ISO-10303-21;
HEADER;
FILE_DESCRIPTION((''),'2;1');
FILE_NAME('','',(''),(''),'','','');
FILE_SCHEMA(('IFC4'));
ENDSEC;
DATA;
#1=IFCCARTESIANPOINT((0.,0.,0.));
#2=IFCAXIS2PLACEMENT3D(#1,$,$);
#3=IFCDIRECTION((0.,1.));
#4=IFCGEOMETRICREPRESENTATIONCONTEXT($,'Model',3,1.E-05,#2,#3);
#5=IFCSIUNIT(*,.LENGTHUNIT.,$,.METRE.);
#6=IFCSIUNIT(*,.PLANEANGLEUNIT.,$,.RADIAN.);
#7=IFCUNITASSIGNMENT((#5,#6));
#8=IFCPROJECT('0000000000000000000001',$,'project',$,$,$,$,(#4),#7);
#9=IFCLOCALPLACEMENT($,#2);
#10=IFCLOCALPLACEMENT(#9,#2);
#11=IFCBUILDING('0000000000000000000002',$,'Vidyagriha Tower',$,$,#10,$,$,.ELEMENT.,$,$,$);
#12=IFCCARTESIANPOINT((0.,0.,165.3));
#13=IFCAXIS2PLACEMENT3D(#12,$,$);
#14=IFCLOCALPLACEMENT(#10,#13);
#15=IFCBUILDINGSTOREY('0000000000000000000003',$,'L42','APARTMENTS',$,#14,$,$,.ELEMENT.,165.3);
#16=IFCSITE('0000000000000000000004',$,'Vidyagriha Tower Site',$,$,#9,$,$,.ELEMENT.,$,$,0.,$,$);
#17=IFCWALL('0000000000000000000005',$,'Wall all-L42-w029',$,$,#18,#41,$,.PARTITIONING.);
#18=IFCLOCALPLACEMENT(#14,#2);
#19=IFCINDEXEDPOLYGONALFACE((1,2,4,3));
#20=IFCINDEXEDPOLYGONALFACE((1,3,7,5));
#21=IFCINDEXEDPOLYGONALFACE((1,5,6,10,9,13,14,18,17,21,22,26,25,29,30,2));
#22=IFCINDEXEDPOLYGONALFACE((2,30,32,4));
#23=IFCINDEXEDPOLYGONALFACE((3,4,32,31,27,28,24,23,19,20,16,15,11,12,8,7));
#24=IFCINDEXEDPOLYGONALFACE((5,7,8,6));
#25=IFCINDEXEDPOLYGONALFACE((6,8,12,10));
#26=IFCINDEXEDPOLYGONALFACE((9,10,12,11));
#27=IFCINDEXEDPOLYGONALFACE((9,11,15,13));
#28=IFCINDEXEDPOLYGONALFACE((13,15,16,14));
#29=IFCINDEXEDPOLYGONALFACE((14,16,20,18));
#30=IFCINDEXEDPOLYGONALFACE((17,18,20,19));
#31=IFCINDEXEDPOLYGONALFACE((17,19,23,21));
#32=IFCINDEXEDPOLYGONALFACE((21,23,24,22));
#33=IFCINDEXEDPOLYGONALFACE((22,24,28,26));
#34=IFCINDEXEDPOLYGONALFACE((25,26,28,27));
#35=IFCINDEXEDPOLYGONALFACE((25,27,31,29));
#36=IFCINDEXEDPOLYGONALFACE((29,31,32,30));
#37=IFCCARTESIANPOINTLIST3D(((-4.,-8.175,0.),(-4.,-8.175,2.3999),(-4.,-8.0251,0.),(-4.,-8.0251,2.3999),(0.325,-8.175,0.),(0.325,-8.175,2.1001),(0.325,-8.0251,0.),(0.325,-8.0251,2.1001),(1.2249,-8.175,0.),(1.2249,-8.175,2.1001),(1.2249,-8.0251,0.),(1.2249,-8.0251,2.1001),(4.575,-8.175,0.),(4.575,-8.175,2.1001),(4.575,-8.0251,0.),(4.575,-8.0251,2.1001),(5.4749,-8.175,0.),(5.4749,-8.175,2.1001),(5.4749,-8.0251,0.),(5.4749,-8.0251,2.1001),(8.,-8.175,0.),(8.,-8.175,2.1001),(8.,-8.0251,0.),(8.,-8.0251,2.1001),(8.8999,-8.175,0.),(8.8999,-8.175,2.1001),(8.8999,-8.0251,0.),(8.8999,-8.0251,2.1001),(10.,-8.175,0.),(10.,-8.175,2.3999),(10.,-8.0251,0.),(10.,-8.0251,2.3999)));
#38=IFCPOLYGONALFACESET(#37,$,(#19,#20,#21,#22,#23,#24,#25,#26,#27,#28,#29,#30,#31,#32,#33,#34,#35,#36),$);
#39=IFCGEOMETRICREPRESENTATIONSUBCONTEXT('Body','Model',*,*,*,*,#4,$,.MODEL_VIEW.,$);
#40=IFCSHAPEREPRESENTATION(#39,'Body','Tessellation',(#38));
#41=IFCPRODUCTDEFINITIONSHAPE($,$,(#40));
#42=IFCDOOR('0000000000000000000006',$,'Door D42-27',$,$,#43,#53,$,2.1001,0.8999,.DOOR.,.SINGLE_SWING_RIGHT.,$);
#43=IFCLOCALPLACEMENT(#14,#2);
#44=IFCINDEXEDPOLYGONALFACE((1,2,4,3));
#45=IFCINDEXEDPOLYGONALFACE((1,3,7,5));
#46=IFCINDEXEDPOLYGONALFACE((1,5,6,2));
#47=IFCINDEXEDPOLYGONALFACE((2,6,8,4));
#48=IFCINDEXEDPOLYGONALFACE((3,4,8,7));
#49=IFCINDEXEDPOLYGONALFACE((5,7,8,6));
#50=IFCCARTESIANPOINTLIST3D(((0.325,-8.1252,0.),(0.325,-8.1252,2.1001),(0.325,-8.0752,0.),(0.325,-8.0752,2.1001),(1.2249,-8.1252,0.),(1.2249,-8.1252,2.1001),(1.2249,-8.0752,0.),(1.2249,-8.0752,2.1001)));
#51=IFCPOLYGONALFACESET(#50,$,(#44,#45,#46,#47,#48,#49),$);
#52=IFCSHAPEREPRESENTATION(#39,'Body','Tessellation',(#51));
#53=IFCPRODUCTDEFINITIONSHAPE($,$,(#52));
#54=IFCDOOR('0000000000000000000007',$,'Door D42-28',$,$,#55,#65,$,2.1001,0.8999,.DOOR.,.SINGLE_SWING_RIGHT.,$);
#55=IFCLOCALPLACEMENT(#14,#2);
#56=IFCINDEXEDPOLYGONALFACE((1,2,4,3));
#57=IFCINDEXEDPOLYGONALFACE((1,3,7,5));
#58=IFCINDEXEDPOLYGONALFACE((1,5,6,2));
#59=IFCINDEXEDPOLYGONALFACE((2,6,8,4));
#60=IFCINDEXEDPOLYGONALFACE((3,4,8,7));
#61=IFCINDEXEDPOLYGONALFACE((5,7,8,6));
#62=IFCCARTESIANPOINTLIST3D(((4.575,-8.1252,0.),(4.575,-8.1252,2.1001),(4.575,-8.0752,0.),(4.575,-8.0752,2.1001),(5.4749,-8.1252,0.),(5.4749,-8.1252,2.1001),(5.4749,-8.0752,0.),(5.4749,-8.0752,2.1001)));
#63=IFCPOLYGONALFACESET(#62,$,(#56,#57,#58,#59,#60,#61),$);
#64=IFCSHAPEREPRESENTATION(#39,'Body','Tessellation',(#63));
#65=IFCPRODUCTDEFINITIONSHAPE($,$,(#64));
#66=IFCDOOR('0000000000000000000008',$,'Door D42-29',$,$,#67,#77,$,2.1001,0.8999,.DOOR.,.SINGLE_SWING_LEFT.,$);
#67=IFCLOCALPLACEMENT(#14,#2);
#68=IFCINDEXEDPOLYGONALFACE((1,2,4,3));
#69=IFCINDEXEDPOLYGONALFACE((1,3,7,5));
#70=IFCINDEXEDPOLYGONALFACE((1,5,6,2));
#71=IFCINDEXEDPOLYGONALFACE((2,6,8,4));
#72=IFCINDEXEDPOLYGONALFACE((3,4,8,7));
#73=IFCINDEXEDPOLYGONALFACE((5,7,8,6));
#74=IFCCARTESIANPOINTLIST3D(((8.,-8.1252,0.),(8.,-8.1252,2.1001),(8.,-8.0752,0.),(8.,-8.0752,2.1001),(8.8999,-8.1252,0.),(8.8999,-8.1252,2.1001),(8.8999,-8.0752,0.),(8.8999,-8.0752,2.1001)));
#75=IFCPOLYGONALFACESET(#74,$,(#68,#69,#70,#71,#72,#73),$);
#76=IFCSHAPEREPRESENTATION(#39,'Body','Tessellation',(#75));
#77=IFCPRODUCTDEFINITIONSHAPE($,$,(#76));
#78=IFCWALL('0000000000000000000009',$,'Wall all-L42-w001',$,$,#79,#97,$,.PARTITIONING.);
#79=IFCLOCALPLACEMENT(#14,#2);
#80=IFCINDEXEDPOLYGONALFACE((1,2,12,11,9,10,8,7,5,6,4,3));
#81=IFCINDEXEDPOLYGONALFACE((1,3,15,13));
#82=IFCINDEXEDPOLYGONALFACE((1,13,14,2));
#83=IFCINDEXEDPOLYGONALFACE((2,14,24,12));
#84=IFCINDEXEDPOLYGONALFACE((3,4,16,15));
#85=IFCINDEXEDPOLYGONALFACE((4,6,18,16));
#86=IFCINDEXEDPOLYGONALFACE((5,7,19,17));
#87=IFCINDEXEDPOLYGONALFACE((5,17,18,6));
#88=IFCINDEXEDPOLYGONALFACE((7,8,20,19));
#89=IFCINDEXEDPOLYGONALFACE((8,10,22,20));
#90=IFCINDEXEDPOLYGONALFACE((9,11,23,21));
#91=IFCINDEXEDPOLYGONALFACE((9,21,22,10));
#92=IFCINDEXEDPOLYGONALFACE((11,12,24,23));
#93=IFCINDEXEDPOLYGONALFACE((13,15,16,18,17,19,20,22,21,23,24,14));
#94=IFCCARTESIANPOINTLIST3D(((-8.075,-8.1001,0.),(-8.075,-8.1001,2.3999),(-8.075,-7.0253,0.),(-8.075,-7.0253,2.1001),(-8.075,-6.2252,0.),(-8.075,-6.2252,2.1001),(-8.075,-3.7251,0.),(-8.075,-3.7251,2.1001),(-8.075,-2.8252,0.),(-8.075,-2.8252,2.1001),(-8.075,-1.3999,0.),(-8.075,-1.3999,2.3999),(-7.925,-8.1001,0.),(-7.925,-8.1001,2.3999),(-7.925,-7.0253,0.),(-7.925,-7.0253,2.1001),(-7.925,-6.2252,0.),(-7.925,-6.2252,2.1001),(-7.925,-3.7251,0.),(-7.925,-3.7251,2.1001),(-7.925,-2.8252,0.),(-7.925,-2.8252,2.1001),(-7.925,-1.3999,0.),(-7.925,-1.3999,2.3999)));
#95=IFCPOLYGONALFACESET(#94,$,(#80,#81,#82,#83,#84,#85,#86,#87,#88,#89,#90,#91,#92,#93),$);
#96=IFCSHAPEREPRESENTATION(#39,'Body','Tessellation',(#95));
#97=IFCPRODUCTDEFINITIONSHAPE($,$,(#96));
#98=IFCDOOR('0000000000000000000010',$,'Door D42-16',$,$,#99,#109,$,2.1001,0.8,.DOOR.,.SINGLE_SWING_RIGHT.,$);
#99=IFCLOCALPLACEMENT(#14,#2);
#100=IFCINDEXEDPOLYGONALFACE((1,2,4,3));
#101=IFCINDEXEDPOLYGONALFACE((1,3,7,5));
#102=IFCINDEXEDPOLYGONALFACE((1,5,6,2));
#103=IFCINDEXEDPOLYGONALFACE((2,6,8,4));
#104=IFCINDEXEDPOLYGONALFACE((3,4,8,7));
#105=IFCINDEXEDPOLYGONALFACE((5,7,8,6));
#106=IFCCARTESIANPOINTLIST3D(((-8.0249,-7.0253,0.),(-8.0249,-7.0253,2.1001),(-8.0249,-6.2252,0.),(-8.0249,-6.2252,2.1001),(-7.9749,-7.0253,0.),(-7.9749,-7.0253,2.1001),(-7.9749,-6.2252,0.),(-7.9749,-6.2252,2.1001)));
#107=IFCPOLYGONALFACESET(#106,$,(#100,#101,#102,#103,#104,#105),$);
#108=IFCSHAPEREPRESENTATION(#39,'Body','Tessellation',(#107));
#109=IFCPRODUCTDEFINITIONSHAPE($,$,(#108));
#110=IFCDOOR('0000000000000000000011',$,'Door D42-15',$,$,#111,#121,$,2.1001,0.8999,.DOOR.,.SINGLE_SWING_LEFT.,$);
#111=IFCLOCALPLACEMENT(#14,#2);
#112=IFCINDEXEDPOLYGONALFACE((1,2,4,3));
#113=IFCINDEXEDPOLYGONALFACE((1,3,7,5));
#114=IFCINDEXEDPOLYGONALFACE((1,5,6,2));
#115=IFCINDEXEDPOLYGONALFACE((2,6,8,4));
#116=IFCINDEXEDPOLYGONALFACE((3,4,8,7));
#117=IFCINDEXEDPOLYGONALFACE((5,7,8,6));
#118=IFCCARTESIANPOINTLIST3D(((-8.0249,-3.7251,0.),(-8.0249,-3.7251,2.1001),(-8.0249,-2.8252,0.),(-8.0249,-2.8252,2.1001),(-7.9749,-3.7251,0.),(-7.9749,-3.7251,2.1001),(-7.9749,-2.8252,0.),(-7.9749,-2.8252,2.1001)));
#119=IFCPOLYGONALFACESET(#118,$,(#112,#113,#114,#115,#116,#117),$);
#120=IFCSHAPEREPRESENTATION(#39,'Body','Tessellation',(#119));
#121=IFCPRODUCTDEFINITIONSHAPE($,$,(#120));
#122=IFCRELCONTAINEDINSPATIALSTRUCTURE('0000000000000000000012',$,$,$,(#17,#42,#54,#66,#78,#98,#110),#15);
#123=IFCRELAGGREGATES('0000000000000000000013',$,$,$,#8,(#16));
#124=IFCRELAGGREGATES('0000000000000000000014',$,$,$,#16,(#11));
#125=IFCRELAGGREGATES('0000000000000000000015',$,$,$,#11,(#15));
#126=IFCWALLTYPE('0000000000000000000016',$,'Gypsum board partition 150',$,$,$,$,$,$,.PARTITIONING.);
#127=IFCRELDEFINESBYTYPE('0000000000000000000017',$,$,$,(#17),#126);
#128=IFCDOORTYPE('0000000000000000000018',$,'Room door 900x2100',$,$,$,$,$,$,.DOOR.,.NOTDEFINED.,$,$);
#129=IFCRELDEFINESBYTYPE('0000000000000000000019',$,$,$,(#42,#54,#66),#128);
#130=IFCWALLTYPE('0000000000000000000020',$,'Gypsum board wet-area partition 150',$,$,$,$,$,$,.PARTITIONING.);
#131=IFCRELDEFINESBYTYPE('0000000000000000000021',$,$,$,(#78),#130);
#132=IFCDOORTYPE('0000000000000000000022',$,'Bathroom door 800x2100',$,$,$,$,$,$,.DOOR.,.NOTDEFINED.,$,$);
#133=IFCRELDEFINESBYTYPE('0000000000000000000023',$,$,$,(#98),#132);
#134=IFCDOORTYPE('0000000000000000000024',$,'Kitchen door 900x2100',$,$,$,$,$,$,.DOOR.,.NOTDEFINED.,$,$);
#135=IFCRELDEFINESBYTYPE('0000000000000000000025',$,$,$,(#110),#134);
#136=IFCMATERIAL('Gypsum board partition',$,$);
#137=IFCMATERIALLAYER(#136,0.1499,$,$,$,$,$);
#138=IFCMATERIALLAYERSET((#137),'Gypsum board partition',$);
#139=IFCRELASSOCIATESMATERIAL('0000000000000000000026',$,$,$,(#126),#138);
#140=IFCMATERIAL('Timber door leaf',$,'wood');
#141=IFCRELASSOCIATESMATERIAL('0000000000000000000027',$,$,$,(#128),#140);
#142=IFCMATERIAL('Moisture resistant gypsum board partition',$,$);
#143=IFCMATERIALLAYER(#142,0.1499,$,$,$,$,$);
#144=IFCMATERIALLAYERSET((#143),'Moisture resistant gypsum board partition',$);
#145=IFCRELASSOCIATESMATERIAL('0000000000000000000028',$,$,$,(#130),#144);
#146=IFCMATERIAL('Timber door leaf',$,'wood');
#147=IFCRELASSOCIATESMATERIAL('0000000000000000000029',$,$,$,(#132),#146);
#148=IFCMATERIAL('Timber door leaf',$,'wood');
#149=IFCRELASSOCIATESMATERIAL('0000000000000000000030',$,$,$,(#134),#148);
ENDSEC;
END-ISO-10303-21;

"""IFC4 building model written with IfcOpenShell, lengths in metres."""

from ifc_helpers import new_model, si_unit, direction, frame, frame_2d, origin, place, context, subcontext, project, spatial, rectangle, extrude, material, layer, layer_set, type_object, element, fill, save


model = new_model("IFC4")

# Units and contexts
model_context = context("Model", 3, precision=1e-05, world=origin(), true_north=direction((0.0, 1.0)))
body_context = subcontext(model_context, "Body", "Model", "MODEL_VIEW")
ifc_project = project(units=[si_unit("LENGTHUNIT", "METRE"), si_unit("PLANEANGLEUNIT", "RADIAN")], contexts=[model_context])

# Site, building, storey
site_placement = place(None, origin())
site = spatial("IfcSite", under=ifc_project, at=site_placement, Name="Vidyagriha Tower Site", CompositionType="ELEMENT", RefElevation=0.0)
building_placement = place(site_placement, origin())
building = spatial("IfcBuilding", under=site, at=building_placement, Name="Vidyagriha Tower", CompositionType="ELEMENT")
storey_placement = place(building_placement, frame((0.0, 0.0, 165.3)))
storey = spatial("IfcBuildingStorey", under=building, at=storey_placement, Name="L42", Description="APARTMENTS", CompositionType="ELEMENT", Elevation=165.3)

# Shared definitions
ifc_material_1 = material(Name="Gypsum board partition")
ifc_layer_1 = layer(ifc_material_1, 0.1499)
ifc_layer_set_1 = layer_set([ifc_layer_1], Name="Gypsum board partition")
wall_type_1 = type_object("IfcWallType", Name="Gypsum board partition 150", PredefinedType="PARTITIONING", material=ifc_layer_set_1)

# Walls, openings, doors
wall_1_placement = place(storey_placement, frame((-4.0, -8.1001, 0.0)))
wall_1 = element("IfcWall", 1, at=wall_1_placement, inside=storey, type_object=wall_type_1, Name="Wall all-L42-w029", PredefinedType="PARTITIONING", context=body_context, shape_type="SweptSolid", body=[
    extrude(rectangle(XDim=14.0, YDim=0.1499, at=frame_2d((7.0, 0.0))), origin(), (0.0, 0.0, 1.0), 2.3999),
])
opening_1_placement = place(wall_1_placement, frame((4.325, 0.0, 0.0)))
opening_1 = element("IfcOpeningElement", 2, at=opening_1_placement, cuts=wall_1, PredefinedType="OPENING", context=body_context, shape_type="SweptSolid", body=[
    extrude(rectangle(XDim=0.8999, YDim=2.1001, at=frame_2d((0.45, 1.05))), frame((0.0, 0.085, 0.0), z_axis=(0.0, -1.0, 0.0), x_axis=(1.0, 0.0, 0.0)), (0.0, 0.0, 1.0), 0.1699),
])
opening_2_placement = place(wall_1_placement, frame((8.575, 0.0, 0.0)))
opening_2 = element("IfcOpeningElement", 3, at=opening_2_placement, cuts=wall_1, PredefinedType="OPENING", context=body_context, shape_type="SweptSolid", body=[
    extrude(rectangle(XDim=0.8999, YDim=2.1001, at=frame_2d((0.45, 1.05))), frame((0.0, 0.085, 0.0), z_axis=(0.0, -1.0, 0.0), x_axis=(1.0, 0.0, 0.0)), (0.0, 0.0, 1.0), 0.1699),
])
opening_3_placement = place(wall_1_placement, frame((12.0, 0.0, 0.0)))
opening_3 = element("IfcOpeningElement", 4, at=opening_3_placement, cuts=wall_1, PredefinedType="OPENING", context=body_context, shape_type="SweptSolid", body=[
    extrude(rectangle(XDim=0.8999, YDim=2.1001, at=frame_2d((0.45, 1.05))), frame((0.0, 0.085, 0.0), z_axis=(0.0, -1.0, 0.0), x_axis=(1.0, 0.0, 0.0)), (0.0, 0.0, 1.0), 0.1699),
])
ifc_material_2 = material(Name="Timber door leaf", Category="wood")
door_type_1 = type_object("IfcDoorType", Name="Room door 900x2100", OperationType="NOTDEFINED", PredefinedType="DOOR", material=ifc_material_2)
door_1_placement = place(opening_1_placement, origin())
door_1 = element("IfcDoor", 5, at=door_1_placement, inside=storey, type_object=door_type_1, Name="Door D42-27", OperationType="SINGLE_SWING_RIGHT", OverallHeight=2.1001, OverallWidth=0.8999, PredefinedType="DOOR", context=body_context, shape_type="SweptSolid", body=[
    extrude(rectangle(XDim=0.8999, YDim=2.1001, at=frame_2d((0.45, 1.05))), frame((0.0, 0.0249, 0.0), z_axis=(0.0, -1.0, 0.0), x_axis=(1.0, 0.0, 0.0)), (0.0, 0.0, 1.0), 0.05),
])
fill(opening_1, door_1)
door_2_placement = place(opening_2_placement, origin())
door_2 = element("IfcDoor", 6, at=door_2_placement, inside=storey, type_object=door_type_1, Name="Door D42-28", OperationType="SINGLE_SWING_RIGHT", OverallHeight=2.1001, OverallWidth=0.8999, PredefinedType="DOOR", context=body_context, shape_type="SweptSolid", body=[
    extrude(rectangle(XDim=0.8999, YDim=2.1001, at=frame_2d((0.45, 1.05))), frame((0.0, 0.0249, 0.0), z_axis=(0.0, -1.0, 0.0), x_axis=(1.0, 0.0, 0.0)), (0.0, 0.0, 1.0), 0.05),
])
fill(opening_2, door_2)
door_3_placement = place(opening_3_placement, origin())
door_3 = element("IfcDoor", 7, at=door_3_placement, inside=storey, type_object=door_type_1, Name="Door D42-29", OperationType="SINGLE_SWING_LEFT", OverallHeight=2.1001, OverallWidth=0.8999, PredefinedType="DOOR", context=body_context, shape_type="SweptSolid", body=[
    extrude(rectangle(XDim=0.8999, YDim=2.1001, at=frame_2d((0.45, 1.05))), frame((0.0, 0.0249, 0.0), z_axis=(0.0, -1.0, 0.0), x_axis=(1.0, 0.0, 0.0)), (0.0, 0.0, 1.0), 0.05),
])
fill(opening_3, door_3)
ifc_material_3 = material(Name="Moisture resistant gypsum board partition")
ifc_layer_2 = layer(ifc_material_3, 0.1499)
ifc_layer_set_2 = layer_set([ifc_layer_2], Name="Moisture resistant gypsum board partition")
wall_type_2 = type_object("IfcWallType", Name="Gypsum board wet-area partition 150", PredefinedType="PARTITIONING", material=ifc_layer_set_2)
wall_2_placement = place(storey_placement, frame((-8.0, -8.1001, 0.0), z_axis=(0.0, 0.0, 1.0), x_axis=(0.0, 1.0, 0.0)))
wall_2 = element("IfcWall", 8, at=wall_2_placement, inside=storey, type_object=wall_type_2, Name="Wall all-L42-w001", PredefinedType="PARTITIONING", context=body_context, shape_type="SweptSolid", body=[
    extrude(rectangle(XDim=6.7002, YDim=0.1499, at=frame_2d((3.3501, 0.0))), origin(), (0.0, 0.0, 1.0), 2.3999),
])
opening_4_placement = place(wall_2_placement, frame((4.375, 0.0, 0.0)))
opening_4 = element("IfcOpeningElement", 9, at=opening_4_placement, cuts=wall_2, PredefinedType="OPENING", context=body_context, shape_type="SweptSolid", body=[
    extrude(rectangle(XDim=0.8999, YDim=2.1001, at=frame_2d((0.45, 1.05))), frame((0.0, 0.085, 0.0), z_axis=(0.0, -1.0, 0.0), x_axis=(1.0, 0.0, 0.0)), (0.0, 0.0, 1.0), 0.1699),
])
opening_5_placement = place(wall_2_placement, frame((1.075, 0.0, 0.0)))
opening_5 = element("IfcOpeningElement", 10, at=opening_5_placement, cuts=wall_2, PredefinedType="OPENING", context=body_context, shape_type="SweptSolid", body=[
    extrude(rectangle(XDim=0.8, YDim=2.1001, at=frame_2d((0.3999, 1.05))), frame((0.0, 0.085, 0.0), z_axis=(0.0, -1.0, 0.0), x_axis=(1.0, 0.0, 0.0)), (0.0, 0.0, 1.0), 0.1699),
])
ifc_material_4 = material(Name="Timber door leaf", Category="wood")
door_type_2 = type_object("IfcDoorType", Name="Bathroom door 800x2100", OperationType="NOTDEFINED", PredefinedType="DOOR", material=ifc_material_4)
door_4_placement = place(opening_5_placement, origin())
door_4 = element("IfcDoor", 11, at=door_4_placement, inside=storey, type_object=door_type_2, Name="Door D42-16", OperationType="SINGLE_SWING_RIGHT", OverallHeight=2.1001, OverallWidth=0.8, PredefinedType="DOOR", context=body_context, shape_type="SweptSolid", body=[
    extrude(rectangle(XDim=0.8, YDim=2.1001, at=frame_2d((0.3999, 1.05))), frame((0.0, 0.0249, 0.0), z_axis=(0.0, -1.0, 0.0), x_axis=(1.0, 0.0, 0.0)), (0.0, 0.0, 1.0), 0.05),
])
fill(opening_5, door_4)
ifc_material_5 = material(Name="Timber door leaf", Category="wood")
door_type_3 = type_object("IfcDoorType", Name="Kitchen door 900x2100", OperationType="NOTDEFINED", PredefinedType="DOOR", material=ifc_material_5)
door_5_placement = place(opening_4_placement, origin())
door_5 = element("IfcDoor", 12, at=door_5_placement, inside=storey, type_object=door_type_3, Name="Door D42-15", OperationType="SINGLE_SWING_LEFT", OverallHeight=2.1001, OverallWidth=0.8999, PredefinedType="DOOR", context=body_context, shape_type="SweptSolid", body=[
    extrude(rectangle(XDim=0.8999, YDim=2.1001, at=frame_2d((0.45, 1.05))), frame((0.0, 0.0249, 0.0), z_axis=(0.0, -1.0, 0.0), x_axis=(1.0, 0.0, 0.0)), (0.0, 0.0, 1.0), 0.05),
])
fill(opening_4, door_5)

save(model, "model.ifc")
